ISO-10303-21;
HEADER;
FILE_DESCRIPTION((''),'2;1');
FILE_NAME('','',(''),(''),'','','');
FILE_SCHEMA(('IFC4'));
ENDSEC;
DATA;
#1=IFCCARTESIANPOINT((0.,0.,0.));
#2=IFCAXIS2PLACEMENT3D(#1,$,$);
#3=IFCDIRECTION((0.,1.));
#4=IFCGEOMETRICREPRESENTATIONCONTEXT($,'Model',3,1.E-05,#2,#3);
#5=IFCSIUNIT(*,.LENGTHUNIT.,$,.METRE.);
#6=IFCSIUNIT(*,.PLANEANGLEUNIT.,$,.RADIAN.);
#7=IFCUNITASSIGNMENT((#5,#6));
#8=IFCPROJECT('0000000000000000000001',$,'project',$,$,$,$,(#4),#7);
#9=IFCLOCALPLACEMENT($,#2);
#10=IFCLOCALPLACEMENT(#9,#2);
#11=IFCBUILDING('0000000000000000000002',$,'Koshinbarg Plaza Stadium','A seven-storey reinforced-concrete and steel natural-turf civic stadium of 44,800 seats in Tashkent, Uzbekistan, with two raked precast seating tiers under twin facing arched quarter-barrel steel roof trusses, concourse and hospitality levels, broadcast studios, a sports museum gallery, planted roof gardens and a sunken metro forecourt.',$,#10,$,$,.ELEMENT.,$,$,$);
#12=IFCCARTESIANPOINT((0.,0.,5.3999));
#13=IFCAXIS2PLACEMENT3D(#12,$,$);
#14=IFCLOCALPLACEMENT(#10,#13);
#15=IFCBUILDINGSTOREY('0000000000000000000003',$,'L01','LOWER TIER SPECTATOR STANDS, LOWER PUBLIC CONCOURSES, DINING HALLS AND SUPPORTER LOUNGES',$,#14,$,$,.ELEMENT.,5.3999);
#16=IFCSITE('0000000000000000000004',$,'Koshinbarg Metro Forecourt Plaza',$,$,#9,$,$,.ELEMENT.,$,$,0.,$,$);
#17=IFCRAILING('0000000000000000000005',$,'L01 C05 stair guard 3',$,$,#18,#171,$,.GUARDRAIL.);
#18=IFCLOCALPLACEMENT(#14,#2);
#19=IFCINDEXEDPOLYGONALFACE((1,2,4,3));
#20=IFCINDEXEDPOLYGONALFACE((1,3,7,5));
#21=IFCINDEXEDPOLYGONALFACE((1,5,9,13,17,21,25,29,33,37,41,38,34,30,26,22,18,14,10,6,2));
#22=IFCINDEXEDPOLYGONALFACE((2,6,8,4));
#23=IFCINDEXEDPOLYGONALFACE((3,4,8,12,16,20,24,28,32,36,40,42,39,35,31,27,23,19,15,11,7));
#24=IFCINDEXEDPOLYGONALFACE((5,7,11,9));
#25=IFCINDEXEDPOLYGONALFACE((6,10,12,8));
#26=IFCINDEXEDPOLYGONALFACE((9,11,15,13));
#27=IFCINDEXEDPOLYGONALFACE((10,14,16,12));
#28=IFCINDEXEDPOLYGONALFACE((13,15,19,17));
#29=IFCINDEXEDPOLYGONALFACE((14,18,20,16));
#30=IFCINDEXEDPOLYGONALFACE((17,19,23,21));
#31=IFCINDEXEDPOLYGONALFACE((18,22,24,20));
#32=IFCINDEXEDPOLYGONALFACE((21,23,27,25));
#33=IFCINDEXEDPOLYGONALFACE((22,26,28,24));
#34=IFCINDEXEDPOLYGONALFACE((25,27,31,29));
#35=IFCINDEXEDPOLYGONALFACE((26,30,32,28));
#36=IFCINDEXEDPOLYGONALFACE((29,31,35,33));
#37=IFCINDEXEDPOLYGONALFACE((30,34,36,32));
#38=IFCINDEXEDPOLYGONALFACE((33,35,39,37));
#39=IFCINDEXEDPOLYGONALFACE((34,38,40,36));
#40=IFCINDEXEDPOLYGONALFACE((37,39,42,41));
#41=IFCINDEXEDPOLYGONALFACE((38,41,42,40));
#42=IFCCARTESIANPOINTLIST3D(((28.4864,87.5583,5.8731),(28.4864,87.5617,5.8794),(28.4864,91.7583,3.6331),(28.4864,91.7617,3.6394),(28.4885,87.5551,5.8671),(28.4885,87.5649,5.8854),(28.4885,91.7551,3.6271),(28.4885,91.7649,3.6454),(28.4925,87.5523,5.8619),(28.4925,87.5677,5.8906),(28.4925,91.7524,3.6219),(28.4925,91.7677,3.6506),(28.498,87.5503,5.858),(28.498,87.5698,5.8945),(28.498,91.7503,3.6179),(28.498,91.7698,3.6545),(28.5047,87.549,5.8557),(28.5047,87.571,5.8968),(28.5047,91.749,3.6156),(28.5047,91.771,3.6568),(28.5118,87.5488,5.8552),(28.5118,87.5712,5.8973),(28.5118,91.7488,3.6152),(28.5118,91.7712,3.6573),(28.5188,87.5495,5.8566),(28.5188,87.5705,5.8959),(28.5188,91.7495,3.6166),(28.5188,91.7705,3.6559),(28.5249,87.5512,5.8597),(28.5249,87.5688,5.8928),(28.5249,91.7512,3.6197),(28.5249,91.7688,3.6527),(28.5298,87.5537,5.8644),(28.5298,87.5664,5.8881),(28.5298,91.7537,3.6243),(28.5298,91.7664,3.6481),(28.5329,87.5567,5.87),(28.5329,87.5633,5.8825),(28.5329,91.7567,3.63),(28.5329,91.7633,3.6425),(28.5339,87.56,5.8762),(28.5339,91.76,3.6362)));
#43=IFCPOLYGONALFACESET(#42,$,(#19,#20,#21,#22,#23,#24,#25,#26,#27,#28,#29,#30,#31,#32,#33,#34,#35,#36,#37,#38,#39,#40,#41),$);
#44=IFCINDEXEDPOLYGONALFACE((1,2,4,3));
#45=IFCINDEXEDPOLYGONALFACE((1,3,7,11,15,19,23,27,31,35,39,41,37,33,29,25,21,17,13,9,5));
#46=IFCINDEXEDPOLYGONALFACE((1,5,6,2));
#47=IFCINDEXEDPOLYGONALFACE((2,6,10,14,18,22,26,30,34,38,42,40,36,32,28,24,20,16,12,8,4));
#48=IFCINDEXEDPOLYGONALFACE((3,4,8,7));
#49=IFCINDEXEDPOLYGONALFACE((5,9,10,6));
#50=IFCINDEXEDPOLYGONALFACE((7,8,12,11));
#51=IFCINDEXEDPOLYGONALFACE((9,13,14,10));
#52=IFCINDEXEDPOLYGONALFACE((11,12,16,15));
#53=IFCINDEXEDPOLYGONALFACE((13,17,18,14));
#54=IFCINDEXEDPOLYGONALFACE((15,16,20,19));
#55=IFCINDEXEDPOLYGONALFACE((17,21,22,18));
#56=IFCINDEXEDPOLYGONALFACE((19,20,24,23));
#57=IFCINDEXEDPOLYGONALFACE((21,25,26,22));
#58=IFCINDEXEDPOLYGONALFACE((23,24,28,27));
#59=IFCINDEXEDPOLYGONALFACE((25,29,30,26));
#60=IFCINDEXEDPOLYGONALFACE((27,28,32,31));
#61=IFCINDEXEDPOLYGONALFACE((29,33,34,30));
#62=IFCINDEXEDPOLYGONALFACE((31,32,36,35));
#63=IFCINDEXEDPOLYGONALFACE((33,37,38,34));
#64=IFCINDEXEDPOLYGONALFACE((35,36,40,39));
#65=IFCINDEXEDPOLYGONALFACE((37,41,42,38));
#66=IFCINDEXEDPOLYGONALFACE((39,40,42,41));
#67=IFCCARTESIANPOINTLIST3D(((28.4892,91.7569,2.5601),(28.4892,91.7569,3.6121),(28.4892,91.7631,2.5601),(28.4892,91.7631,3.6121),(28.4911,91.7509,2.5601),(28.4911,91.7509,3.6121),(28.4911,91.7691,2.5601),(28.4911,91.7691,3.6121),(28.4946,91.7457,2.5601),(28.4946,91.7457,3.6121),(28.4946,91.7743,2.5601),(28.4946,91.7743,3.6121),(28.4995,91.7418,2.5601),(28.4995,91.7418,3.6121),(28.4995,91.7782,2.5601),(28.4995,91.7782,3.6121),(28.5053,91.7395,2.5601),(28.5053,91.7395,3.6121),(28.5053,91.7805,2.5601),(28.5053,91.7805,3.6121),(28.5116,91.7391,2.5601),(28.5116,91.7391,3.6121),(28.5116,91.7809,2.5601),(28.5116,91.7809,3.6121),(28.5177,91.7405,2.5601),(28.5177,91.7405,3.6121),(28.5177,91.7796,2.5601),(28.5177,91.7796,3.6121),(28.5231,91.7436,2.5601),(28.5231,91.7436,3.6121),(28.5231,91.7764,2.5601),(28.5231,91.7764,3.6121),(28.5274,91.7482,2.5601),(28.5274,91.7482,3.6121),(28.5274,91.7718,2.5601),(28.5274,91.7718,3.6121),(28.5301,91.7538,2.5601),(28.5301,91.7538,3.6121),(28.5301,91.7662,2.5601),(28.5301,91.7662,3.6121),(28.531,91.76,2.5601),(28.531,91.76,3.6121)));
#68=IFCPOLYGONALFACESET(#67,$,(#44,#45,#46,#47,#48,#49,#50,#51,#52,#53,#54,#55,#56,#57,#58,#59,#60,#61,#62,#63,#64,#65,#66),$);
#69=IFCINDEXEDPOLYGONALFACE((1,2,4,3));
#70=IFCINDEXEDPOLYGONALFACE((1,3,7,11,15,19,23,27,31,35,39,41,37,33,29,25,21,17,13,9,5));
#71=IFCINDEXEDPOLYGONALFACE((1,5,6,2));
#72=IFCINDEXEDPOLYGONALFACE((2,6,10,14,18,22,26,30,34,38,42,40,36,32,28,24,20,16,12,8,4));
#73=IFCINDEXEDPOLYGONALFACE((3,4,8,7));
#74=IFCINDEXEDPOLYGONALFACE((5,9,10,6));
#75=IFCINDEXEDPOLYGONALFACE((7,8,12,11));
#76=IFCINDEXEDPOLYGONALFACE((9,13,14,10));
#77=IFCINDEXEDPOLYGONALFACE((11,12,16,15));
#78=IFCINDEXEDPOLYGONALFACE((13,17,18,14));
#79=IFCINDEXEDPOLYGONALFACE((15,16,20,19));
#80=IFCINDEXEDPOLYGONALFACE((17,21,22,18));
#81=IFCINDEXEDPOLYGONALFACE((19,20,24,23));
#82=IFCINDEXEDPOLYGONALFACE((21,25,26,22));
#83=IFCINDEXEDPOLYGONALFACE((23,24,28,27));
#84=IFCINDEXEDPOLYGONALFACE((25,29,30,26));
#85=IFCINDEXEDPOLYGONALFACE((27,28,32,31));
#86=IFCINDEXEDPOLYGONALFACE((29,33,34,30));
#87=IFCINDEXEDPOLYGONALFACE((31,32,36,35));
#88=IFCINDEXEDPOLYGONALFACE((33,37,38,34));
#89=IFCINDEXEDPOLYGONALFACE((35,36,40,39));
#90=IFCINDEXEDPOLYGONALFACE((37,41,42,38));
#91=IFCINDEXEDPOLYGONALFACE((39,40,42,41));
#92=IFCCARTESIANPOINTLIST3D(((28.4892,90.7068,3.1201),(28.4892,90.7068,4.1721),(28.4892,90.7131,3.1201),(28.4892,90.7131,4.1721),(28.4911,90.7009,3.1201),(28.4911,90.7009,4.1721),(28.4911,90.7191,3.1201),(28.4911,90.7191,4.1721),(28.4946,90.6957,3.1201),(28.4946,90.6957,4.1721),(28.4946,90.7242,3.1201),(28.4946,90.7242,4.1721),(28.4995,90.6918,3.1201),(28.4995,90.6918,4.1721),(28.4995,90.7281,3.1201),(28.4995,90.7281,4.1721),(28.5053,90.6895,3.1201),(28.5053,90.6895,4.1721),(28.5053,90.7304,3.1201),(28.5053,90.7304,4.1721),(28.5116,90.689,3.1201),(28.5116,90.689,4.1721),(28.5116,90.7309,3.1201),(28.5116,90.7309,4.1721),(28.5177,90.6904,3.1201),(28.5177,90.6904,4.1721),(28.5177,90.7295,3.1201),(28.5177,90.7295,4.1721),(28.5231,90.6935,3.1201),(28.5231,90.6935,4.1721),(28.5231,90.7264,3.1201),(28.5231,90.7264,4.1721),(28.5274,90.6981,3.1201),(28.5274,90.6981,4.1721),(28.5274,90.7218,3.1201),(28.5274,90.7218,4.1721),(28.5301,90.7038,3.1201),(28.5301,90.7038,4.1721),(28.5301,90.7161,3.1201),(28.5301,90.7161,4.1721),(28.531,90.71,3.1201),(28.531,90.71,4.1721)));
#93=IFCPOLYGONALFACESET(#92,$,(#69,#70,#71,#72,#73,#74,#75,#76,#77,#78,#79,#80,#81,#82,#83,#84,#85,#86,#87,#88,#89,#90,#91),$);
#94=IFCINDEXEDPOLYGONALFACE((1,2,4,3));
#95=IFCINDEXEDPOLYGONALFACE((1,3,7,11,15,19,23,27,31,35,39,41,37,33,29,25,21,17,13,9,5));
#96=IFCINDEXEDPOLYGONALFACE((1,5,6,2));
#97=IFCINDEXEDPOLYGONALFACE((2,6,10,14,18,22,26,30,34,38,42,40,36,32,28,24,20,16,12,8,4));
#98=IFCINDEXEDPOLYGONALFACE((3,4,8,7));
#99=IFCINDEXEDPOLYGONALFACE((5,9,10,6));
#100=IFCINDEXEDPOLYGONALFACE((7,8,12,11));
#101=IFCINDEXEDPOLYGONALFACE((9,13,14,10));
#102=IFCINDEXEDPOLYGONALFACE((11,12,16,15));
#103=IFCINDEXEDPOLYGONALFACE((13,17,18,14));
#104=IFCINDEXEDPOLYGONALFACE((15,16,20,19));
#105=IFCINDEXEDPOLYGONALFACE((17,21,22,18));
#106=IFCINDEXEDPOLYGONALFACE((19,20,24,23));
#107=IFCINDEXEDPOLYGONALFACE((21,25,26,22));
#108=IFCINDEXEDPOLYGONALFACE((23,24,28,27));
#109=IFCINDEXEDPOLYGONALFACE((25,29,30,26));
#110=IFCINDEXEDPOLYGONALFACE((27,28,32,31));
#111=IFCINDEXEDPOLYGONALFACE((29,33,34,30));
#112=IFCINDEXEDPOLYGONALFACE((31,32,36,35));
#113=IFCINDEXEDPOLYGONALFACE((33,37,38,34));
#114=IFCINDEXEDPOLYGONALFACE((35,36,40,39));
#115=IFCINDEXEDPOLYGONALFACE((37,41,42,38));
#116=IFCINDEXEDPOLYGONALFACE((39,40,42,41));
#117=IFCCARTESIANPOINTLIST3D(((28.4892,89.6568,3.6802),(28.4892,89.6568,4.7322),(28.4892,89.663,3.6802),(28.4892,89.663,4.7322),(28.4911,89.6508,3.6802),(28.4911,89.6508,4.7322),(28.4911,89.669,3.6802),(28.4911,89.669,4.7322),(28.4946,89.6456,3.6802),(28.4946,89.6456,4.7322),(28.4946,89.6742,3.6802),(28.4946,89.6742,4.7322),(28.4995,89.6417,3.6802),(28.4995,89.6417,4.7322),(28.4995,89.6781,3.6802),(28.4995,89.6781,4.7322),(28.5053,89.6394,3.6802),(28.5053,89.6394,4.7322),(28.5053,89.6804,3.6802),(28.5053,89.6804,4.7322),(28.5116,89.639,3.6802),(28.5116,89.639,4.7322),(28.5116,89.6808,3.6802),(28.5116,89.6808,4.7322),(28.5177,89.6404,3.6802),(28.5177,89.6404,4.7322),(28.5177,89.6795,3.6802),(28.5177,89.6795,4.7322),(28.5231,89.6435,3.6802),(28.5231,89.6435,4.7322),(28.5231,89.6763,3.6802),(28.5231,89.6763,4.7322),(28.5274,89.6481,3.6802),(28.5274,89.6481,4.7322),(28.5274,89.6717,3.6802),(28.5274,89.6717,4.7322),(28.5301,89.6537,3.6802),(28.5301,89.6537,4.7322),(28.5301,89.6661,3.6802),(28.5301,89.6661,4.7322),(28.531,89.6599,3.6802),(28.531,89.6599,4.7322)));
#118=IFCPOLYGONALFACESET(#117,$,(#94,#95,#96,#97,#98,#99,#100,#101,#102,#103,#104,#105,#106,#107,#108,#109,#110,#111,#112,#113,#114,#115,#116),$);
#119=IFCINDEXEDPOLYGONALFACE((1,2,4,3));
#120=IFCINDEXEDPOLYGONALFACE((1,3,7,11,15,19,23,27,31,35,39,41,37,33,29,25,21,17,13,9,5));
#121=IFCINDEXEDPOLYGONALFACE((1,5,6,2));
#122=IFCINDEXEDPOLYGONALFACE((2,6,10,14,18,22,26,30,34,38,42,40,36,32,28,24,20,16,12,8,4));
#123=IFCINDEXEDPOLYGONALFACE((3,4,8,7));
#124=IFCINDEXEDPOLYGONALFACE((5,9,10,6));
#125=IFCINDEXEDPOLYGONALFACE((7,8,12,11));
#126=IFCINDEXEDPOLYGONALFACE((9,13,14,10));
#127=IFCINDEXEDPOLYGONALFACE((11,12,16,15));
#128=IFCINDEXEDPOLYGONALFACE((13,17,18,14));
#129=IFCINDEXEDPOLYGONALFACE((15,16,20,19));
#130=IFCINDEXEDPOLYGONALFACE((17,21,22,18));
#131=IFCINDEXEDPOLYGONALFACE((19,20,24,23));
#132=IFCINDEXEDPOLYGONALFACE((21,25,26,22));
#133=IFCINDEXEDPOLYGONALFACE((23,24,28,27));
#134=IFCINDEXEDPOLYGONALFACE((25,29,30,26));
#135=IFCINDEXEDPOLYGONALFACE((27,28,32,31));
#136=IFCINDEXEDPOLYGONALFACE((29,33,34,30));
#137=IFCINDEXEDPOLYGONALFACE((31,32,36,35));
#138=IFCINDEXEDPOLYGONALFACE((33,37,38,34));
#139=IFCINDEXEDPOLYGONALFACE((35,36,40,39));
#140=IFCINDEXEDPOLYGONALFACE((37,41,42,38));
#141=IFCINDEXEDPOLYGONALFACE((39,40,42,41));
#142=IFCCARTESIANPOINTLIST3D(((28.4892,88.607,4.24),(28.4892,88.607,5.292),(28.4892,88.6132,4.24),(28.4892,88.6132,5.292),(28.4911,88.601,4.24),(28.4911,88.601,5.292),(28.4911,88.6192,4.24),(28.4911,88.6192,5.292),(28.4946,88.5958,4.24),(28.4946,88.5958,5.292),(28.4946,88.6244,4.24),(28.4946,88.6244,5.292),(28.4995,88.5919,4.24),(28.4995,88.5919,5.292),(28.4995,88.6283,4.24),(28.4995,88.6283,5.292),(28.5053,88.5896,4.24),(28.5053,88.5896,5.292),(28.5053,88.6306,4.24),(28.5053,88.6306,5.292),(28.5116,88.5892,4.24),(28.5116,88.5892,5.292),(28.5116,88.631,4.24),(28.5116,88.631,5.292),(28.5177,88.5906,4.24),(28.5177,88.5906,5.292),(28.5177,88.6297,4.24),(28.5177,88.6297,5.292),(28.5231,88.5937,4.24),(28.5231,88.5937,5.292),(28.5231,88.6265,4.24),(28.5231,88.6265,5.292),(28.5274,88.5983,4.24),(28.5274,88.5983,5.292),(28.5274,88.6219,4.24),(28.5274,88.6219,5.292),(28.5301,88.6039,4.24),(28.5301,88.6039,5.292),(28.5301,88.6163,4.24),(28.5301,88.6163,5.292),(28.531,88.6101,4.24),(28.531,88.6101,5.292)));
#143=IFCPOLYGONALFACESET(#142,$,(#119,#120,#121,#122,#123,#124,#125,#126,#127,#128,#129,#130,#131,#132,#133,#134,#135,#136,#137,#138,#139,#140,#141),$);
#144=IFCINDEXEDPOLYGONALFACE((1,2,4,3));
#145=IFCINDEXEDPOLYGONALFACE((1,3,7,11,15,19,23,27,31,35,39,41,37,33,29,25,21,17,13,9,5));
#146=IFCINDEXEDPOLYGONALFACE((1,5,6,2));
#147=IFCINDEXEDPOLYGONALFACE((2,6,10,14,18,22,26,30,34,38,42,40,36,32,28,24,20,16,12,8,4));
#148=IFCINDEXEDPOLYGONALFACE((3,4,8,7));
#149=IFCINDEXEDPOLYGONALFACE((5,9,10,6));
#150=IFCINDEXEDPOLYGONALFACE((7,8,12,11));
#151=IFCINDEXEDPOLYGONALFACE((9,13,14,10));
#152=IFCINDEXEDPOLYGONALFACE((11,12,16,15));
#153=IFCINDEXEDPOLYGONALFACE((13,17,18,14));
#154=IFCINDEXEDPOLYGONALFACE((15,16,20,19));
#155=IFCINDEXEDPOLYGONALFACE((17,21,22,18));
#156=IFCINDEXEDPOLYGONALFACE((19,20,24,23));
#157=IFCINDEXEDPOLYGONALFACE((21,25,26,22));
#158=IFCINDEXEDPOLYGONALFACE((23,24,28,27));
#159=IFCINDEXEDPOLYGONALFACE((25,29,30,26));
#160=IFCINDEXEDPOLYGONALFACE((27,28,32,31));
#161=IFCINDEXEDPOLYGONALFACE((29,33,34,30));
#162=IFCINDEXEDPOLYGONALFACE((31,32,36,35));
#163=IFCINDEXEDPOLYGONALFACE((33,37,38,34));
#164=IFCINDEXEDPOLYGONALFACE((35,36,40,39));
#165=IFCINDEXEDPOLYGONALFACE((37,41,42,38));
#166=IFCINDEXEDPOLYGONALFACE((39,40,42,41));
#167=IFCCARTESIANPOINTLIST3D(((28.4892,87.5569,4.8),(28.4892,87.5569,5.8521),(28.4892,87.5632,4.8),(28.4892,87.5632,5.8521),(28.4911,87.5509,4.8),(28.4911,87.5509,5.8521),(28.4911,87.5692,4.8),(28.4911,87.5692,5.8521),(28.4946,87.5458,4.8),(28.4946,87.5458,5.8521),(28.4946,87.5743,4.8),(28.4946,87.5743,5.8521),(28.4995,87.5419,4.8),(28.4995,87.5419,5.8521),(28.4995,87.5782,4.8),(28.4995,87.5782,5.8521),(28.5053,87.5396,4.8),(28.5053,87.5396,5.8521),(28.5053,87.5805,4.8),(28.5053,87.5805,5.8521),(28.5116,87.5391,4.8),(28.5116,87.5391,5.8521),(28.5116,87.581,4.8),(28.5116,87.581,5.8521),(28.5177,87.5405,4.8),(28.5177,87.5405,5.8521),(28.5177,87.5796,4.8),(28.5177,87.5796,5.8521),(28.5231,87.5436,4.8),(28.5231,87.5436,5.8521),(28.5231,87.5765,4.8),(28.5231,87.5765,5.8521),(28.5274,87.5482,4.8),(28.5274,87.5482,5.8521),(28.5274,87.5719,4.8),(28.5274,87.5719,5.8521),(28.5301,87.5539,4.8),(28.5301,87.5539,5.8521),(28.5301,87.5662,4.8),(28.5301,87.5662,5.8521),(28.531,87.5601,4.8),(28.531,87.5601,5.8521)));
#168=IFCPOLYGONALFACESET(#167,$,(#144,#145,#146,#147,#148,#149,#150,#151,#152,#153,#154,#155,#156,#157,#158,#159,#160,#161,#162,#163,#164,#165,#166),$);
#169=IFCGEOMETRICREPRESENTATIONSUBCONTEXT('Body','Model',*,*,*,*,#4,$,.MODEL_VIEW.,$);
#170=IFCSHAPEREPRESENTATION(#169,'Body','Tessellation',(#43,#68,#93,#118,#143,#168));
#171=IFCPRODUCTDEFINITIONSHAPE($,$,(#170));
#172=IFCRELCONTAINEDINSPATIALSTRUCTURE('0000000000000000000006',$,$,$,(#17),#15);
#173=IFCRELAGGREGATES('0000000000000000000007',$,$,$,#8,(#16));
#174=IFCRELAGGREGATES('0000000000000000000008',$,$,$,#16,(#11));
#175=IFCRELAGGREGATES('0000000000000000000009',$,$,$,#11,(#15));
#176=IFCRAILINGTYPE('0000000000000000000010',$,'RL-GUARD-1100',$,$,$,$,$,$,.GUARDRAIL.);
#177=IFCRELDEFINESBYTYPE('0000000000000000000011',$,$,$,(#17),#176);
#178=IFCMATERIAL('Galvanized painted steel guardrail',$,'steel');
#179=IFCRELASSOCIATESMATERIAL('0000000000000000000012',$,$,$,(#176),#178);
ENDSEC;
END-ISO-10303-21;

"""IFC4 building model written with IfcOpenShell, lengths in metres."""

from ifc_helpers import new_model, si_unit, direction, frame, origin, origin_2d, place, context, subcontext, project, spatial, circle, extrude, material, type_object, element, save


model = new_model("IFC4")

# Units and contexts
model_context = context("Model", 3, precision=1e-05, world=origin(), true_north=direction((0.0, 1.0)))
body_context = subcontext(model_context, "Body", "Model", "MODEL_VIEW")
ifc_project = project(units=[si_unit("LENGTHUNIT", "METRE"), si_unit("PLANEANGLEUNIT", "RADIAN")], contexts=[model_context])

# Site, building, storey
site_placement = place(None, origin())
site = spatial("IfcSite", under=ifc_project, at=site_placement, Name="Koshinbarg Metro Forecourt Plaza", CompositionType="ELEMENT", RefElevation=0.0)
building_placement = place(site_placement, origin())
building = spatial("IfcBuilding", under=site, at=building_placement, Name="Koshinbarg Plaza Stadium", Description="A seven-storey reinforced-concrete and steel natural-turf civic stadium of 44,800 seats in Tashkent, Uzbekistan, with two raked precast seating tiers under twin facing arched quarter-barrel steel roof trusses, concourse and hospitality levels, broadcast studios, a sports museum gallery, planted roof gardens and a sunken metro forecourt.", CompositionType="ELEMENT")
storey_placement = place(building_placement, frame((0.0, 0.0, 5.3999)))
storey = spatial("IfcBuildingStorey", under=building, at=storey_placement, Name="L01", Description="LOWER TIER SPECTATOR STANDS, LOWER PUBLIC CONCOURSES, DINING HALLS AND SUPPORTER LOUNGES", CompositionType="ELEMENT", Elevation=5.3999)

# Railing
ifc_material_1 = material(Name="Galvanized painted steel guardrail", Category="steel")
railing_type_1 = type_object("IfcRailingType", Name="RL-GUARD-1100", PredefinedType="GUARDRAIL", material=ifc_material_1)
railing_1_placement = place(storey_placement, frame((28.51, 91.76, 2.5601)))
element("IfcRailing", 1, at=railing_1_placement, inside=storey, type_object=railing_type_1, Name="L01 C05 stair guard 3", PredefinedType="GUARDRAIL", context=body_context, shape_type="SweptSolid", body=[
    extrude(circle(Radius=0.0239, at=origin_2d()), frame((0.0, 0.0, 1.0762), z_axis=(0.0, -0.882352, 0.470591), x_axis=(1.0, 0.0, 0.0)), (0.0, 0.0, 1.0), 4.76),
    extrude(circle(Radius=0.021, at=origin_2d()), origin(), (0.0, 0.0, 1.0), 1.052),
    extrude(circle(Radius=0.021, at=origin_2d()), frame((0.0, -1.05, 0.5601)), (0.0, 0.0, 1.0), 1.052),
    extrude(circle(Radius=0.021, at=origin_2d()), frame((0.0, -2.1001, 1.1201)), (0.0, 0.0, 1.0), 1.052),
    extrude(circle(Radius=0.021, at=origin_2d()), frame((0.0, -3.1499, 1.6799)), (0.0, 0.0, 1.0), 1.052),
    extrude(circle(Radius=0.021, at=origin_2d()), frame((0.0, -4.2, 2.24)), (0.0, 0.0, 1.0), 1.052),
])

save(model, "model.ifc")
